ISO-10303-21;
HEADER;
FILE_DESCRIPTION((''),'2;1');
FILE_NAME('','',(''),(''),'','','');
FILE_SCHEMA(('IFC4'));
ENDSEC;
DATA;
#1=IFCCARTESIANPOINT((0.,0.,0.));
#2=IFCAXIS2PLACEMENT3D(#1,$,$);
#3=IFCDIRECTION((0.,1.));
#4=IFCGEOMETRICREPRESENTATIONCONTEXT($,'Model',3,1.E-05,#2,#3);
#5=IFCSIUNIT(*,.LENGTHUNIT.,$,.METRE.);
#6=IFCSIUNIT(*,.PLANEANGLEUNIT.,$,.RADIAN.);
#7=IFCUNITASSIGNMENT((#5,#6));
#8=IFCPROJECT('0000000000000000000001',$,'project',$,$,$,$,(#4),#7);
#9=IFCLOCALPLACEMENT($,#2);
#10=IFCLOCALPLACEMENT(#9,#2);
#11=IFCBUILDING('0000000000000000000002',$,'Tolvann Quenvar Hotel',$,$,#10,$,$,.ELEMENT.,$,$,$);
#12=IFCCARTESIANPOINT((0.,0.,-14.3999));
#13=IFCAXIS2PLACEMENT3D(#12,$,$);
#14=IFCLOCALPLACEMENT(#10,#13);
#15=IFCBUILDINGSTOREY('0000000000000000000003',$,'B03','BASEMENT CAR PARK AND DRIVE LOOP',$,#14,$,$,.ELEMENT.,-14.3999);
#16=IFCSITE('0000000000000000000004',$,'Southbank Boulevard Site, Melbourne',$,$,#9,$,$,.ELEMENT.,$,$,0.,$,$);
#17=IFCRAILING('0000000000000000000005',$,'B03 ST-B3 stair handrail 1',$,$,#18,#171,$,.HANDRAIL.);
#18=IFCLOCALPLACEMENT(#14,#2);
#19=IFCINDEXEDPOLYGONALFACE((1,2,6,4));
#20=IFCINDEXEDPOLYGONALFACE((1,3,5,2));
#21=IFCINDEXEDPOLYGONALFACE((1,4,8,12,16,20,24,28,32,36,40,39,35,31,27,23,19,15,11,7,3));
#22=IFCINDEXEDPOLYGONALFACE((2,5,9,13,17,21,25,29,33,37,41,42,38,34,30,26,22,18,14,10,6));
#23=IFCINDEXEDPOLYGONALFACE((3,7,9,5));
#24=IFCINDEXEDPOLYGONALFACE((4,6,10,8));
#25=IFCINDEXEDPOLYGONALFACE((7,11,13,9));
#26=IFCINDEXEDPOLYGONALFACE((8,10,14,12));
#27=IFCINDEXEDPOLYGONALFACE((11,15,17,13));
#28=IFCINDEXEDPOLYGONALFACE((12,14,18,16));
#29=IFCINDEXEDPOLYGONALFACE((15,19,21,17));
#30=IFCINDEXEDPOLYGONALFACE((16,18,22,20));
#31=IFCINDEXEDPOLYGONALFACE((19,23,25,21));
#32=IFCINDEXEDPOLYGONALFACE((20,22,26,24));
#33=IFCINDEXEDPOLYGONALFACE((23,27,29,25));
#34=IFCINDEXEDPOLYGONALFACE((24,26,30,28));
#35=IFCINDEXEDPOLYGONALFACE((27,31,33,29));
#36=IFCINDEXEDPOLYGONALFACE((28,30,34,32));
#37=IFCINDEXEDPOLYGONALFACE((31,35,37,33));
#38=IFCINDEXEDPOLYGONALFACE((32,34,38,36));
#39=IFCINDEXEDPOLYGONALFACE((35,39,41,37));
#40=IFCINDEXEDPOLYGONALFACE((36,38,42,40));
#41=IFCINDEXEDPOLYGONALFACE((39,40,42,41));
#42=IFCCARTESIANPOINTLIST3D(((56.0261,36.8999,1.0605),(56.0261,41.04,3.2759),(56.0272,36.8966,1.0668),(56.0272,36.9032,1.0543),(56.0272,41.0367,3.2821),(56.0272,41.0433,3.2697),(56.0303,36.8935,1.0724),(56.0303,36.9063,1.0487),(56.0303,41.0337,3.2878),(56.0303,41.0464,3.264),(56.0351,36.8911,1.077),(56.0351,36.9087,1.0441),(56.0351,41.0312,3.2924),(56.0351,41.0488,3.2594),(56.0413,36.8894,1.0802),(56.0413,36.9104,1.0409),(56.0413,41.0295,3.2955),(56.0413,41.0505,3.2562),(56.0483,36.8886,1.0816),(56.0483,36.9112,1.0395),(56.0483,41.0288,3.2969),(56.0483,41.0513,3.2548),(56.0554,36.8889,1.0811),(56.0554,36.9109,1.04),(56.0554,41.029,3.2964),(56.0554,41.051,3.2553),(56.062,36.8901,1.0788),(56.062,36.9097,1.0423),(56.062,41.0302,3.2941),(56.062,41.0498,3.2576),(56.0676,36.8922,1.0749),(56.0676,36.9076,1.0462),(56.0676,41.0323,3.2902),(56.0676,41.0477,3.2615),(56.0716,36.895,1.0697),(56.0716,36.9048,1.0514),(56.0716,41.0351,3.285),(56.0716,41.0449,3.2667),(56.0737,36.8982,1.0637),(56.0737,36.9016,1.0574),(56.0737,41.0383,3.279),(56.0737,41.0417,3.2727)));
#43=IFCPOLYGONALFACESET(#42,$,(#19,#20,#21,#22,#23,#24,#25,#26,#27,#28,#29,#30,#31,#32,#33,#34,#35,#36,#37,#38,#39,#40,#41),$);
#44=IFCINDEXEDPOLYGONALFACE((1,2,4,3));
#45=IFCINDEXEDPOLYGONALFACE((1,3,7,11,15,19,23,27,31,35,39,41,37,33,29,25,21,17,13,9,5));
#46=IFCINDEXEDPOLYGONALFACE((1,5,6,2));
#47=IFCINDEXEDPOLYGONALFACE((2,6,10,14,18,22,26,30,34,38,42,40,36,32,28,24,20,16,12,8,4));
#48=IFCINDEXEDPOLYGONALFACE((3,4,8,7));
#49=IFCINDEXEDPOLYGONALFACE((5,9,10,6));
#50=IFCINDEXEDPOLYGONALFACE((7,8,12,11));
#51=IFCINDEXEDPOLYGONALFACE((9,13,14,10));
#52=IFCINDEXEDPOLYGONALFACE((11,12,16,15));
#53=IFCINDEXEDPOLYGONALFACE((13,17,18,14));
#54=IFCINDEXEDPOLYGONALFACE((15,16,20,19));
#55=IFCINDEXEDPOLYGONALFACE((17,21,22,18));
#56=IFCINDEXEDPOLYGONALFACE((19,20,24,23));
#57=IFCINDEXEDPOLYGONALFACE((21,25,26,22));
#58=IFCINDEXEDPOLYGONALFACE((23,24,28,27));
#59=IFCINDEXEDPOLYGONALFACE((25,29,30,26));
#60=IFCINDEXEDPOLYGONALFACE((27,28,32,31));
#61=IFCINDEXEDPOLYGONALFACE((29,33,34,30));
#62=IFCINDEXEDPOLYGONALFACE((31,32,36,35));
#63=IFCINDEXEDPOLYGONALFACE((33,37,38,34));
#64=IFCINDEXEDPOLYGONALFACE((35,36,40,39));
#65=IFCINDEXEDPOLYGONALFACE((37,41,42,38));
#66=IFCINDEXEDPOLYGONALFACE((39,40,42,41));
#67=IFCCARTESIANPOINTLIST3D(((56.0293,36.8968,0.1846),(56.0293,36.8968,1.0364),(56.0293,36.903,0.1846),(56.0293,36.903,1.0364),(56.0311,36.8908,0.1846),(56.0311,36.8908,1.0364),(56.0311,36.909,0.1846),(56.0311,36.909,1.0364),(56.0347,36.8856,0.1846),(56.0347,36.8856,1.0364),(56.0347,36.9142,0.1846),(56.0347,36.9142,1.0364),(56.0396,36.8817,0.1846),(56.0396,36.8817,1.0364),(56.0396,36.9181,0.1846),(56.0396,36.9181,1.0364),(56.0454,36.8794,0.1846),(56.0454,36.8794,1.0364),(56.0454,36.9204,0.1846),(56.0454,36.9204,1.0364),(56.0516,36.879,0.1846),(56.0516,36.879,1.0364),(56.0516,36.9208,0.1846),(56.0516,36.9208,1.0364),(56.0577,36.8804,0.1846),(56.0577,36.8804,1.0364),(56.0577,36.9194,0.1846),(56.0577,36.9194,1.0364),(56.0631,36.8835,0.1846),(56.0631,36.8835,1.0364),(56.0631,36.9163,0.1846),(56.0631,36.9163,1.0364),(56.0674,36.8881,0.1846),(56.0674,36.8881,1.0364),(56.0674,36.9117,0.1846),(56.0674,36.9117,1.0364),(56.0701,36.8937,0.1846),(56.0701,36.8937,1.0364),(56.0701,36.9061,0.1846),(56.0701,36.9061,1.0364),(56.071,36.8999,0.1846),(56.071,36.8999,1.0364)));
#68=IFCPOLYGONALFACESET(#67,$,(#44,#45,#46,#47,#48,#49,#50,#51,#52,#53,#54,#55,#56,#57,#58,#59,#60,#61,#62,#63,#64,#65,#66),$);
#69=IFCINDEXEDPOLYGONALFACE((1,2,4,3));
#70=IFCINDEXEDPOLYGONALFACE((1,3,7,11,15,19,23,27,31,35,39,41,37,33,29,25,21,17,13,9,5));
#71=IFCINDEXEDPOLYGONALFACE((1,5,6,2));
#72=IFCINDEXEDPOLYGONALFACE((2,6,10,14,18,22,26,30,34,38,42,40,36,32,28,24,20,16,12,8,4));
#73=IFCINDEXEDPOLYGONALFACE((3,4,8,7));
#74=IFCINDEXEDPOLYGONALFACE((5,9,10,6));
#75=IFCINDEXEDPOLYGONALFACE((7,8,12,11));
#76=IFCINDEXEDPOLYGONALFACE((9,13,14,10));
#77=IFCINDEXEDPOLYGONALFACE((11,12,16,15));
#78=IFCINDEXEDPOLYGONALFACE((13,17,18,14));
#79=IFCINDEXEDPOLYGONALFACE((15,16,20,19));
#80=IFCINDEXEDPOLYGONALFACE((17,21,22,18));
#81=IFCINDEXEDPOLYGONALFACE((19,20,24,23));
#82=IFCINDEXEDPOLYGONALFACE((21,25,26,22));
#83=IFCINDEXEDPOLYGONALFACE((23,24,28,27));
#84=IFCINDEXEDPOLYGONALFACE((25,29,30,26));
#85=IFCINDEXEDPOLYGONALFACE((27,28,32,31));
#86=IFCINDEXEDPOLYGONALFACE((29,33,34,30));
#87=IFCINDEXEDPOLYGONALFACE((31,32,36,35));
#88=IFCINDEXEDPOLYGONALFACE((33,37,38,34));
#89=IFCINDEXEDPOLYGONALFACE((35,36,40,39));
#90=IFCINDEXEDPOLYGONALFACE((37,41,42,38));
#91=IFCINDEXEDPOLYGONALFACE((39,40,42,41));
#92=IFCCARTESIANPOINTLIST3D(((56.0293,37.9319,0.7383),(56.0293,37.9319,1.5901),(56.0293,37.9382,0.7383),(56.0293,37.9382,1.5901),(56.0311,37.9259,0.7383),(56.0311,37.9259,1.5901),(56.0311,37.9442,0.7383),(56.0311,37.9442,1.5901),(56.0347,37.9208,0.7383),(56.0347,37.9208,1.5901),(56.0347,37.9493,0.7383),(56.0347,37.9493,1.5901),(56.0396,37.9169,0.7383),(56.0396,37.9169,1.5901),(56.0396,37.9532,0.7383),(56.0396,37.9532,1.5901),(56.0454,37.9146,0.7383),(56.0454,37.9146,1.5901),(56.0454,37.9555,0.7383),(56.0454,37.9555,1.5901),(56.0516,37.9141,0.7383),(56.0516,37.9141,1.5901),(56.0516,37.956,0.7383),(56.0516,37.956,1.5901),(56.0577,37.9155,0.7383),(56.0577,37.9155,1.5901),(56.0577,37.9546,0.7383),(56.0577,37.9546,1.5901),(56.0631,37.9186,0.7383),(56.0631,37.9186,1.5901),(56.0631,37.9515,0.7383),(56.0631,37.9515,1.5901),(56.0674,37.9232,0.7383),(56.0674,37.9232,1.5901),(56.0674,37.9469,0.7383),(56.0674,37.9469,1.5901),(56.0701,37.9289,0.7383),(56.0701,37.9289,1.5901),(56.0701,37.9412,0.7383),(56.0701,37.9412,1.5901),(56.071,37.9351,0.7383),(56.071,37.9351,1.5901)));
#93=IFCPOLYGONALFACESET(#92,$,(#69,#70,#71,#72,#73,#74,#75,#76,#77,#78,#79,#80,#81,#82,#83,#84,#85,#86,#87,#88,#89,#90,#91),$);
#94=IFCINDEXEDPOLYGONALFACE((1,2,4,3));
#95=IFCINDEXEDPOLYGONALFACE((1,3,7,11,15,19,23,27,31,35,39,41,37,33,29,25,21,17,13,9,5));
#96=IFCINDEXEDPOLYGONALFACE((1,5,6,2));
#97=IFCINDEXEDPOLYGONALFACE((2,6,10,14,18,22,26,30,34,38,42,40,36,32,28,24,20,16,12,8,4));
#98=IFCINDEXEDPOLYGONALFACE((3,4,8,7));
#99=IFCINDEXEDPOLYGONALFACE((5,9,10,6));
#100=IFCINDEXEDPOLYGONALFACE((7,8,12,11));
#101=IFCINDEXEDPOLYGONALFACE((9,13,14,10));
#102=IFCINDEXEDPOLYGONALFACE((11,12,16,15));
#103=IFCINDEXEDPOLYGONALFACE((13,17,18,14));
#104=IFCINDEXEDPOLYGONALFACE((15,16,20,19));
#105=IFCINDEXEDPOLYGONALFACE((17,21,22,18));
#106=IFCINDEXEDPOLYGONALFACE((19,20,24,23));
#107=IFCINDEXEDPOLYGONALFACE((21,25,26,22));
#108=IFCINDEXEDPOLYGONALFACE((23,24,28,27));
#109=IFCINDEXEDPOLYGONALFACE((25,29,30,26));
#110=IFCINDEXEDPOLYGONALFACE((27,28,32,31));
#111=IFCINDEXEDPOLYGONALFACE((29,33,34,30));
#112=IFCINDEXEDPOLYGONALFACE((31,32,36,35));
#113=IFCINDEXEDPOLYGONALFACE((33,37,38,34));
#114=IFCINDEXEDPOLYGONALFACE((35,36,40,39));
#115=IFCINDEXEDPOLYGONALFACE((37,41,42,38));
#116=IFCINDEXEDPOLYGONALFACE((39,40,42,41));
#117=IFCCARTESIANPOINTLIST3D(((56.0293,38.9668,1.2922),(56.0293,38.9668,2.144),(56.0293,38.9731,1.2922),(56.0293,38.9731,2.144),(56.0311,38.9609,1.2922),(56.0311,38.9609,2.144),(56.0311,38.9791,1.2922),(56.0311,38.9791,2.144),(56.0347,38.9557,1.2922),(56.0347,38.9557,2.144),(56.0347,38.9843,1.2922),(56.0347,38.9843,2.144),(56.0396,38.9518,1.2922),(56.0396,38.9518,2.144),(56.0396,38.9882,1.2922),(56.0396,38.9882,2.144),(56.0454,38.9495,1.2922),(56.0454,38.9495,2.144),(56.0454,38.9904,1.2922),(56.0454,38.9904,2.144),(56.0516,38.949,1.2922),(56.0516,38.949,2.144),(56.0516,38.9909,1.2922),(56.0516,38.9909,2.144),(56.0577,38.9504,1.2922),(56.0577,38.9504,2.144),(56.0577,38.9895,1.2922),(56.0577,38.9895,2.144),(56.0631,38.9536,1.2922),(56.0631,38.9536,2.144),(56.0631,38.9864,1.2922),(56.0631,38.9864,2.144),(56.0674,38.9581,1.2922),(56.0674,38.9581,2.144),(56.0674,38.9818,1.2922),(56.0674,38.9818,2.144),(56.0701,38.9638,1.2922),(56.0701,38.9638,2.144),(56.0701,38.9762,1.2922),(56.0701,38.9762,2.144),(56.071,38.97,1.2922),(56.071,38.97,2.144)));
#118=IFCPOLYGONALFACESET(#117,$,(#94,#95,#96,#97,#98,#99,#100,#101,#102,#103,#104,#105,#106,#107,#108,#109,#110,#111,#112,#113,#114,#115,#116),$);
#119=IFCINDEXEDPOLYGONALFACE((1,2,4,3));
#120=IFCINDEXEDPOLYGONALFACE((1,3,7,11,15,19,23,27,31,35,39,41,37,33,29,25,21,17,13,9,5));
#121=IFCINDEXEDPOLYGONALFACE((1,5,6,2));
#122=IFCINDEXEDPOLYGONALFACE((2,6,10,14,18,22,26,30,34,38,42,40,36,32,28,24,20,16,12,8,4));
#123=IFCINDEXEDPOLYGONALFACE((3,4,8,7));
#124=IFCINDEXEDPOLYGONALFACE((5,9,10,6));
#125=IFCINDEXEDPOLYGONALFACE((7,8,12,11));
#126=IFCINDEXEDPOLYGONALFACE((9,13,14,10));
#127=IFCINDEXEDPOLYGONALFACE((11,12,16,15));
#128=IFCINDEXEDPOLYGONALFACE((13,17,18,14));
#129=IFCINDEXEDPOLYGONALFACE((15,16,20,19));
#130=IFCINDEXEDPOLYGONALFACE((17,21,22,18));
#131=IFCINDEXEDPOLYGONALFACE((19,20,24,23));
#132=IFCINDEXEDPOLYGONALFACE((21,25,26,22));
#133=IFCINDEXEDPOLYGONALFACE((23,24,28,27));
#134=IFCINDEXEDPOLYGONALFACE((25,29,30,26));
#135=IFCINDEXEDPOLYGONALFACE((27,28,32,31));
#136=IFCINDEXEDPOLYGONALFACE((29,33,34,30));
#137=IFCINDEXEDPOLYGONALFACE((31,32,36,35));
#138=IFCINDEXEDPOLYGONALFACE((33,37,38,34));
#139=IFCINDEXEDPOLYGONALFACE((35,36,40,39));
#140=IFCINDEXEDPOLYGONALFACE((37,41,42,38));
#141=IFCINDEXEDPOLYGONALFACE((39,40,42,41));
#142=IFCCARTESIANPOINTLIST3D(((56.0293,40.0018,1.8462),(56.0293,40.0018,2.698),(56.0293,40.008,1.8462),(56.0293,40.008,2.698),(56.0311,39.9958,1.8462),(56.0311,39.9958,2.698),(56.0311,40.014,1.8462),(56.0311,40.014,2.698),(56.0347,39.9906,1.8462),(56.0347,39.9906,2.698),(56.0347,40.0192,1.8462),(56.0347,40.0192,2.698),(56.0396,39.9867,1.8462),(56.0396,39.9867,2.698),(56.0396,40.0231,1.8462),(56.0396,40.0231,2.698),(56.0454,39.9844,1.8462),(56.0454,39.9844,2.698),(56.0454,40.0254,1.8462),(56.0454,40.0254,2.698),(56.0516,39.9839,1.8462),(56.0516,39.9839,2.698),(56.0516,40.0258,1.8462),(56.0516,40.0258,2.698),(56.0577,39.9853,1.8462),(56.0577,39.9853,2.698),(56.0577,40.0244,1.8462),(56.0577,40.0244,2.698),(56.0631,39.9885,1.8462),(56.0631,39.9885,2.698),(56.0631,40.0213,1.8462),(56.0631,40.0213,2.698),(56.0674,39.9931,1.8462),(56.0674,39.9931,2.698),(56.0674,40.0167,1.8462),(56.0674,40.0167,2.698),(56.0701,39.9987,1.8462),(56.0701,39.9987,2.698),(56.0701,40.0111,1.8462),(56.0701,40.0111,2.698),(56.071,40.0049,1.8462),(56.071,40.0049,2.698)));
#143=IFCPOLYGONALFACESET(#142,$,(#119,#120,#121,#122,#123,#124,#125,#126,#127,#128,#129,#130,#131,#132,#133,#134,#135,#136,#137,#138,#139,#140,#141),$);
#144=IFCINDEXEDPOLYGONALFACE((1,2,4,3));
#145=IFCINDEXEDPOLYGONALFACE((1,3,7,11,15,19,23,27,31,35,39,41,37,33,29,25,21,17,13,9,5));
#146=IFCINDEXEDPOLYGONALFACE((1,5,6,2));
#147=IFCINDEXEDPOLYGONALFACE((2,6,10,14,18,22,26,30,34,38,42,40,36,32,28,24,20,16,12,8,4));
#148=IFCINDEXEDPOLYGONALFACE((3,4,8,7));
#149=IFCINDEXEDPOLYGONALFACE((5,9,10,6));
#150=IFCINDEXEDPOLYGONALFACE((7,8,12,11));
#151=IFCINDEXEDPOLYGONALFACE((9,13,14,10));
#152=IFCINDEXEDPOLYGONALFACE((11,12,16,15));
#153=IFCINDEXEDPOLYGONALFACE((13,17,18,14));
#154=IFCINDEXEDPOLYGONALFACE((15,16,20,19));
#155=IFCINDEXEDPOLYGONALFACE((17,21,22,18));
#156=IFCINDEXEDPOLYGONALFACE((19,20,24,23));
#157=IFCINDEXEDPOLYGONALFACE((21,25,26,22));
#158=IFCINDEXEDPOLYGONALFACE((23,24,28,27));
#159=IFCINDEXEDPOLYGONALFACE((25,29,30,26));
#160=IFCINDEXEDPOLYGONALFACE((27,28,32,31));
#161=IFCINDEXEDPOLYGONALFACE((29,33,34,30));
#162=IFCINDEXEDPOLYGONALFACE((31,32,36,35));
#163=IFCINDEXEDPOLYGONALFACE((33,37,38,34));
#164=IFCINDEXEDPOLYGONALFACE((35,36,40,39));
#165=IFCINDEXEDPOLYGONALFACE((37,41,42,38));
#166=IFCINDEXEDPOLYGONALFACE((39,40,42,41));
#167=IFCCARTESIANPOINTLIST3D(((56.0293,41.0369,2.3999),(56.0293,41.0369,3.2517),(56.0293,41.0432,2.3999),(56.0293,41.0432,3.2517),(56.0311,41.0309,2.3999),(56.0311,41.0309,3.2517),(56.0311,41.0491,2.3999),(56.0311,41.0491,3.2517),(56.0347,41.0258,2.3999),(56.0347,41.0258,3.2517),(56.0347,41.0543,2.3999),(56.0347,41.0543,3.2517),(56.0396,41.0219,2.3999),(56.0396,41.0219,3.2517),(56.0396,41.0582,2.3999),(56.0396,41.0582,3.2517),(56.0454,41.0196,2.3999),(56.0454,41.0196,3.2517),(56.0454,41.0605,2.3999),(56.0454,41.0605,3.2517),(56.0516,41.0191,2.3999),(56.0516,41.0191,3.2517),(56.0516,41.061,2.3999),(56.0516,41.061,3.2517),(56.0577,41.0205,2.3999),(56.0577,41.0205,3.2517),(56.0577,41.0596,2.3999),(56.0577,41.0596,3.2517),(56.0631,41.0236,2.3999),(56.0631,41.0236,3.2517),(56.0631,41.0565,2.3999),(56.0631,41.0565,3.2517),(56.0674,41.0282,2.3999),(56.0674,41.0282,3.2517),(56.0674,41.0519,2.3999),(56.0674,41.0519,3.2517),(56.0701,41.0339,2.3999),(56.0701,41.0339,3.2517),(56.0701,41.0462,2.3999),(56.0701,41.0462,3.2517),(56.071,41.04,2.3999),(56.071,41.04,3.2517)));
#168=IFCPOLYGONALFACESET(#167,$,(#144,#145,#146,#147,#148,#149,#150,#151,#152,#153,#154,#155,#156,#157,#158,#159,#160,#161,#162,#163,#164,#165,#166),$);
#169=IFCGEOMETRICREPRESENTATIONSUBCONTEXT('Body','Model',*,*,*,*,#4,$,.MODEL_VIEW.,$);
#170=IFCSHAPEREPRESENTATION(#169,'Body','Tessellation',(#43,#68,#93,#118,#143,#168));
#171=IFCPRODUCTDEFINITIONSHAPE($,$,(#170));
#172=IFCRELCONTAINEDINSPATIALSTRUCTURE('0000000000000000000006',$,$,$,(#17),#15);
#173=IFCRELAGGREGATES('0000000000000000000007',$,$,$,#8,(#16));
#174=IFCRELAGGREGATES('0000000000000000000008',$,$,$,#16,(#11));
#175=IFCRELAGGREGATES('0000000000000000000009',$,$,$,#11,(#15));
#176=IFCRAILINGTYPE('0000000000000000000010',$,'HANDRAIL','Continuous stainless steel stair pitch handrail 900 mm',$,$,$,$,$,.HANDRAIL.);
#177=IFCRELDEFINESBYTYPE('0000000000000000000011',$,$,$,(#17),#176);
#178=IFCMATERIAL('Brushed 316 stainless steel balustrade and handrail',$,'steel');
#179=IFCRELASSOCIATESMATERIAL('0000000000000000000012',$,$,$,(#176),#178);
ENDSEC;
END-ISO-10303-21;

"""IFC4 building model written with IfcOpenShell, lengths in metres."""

from ifc_helpers import new_model, si_unit, direction, frame, origin, origin_2d, place, context, subcontext, project, spatial, circle, extrude, material, type_object, element, save


model = new_model("IFC4")

# Units and contexts
model_context = context("Model", 3, precision=1e-05, world=origin(), true_north=direction((0.0, 1.0)))
body_context = subcontext(model_context, "Body", "Model", "MODEL_VIEW")
ifc_project = project(units=[si_unit("LENGTHUNIT", "METRE"), si_unit("PLANEANGLEUNIT", "RADIAN")], contexts=[model_context])

# Site, building, storey
site_placement = place(None, origin())
site = spatial("IfcSite", under=ifc_project, at=site_placement, Name="Southbank Boulevard Site, Melbourne", CompositionType="ELEMENT", RefElevation=0.0)
building_placement = place(site_placement, origin())
building = spatial("IfcBuilding", under=site, at=building_placement, Name="Tolvann Quenvar Hotel", CompositionType="ELEMENT")
storey_placement = place(building_placement, frame((0.0, 0.0, -14.3999)))
storey = spatial("IfcBuildingStorey", under=building, at=storey_placement, Name="B03", Description="BASEMENT CAR PARK AND DRIVE LOOP", CompositionType="ELEMENT", Elevation=-14.3999)

# Railing
ifc_material_1 = material(Name="Brushed 316 stainless steel balustrade and handrail", Category="steel")
railing_type_1 = type_object("IfcRailingType", Name="HANDRAIL", Description="Continuous stainless steel stair pitch handrail 900 mm", PredefinedType="HANDRAIL", material=ifc_material_1)
railing_1_placement = place(storey_placement, frame((56.05, 36.8999, 0.1846)))
element("IfcRailing", 1, at=railing_1_placement, inside=storey, type_object=railing_type_1, Name="B03 ST-B3 stair handrail 1", PredefinedType="HANDRAIL", context=body_context, shape_type="SweptSolid", body=[
    extrude(circle(Radius=0.0239, at=origin_2d()), frame((0.0, 0.0, 0.876), z_axis=(0.0, 0.88171, 0.471791), x_axis=(-1.0, 0.0, 0.0)), (0.0, 0.0, 1.0), 4.6956),
    extrude(circle(Radius=0.021, at=origin_2d()), origin(), (0.0, 0.0, 1.0), 0.8518),
    extrude(circle(Radius=0.021, at=origin_2d()), frame((0.0, 1.0352, 0.5537)), (0.0, 0.0, 1.0), 0.8518),
    extrude(circle(Radius=0.021, at=origin_2d()), frame((0.0, 2.0701, 1.1077)), (0.0, 0.0, 1.0), 0.8518),
    extrude(circle(Radius=0.021, at=origin_2d()), frame((0.0, 3.105, 1.6616)), (0.0, 0.0, 1.0), 0.8518),
    extrude(circle(Radius=0.021, at=origin_2d()), frame((0.0, 4.1401, 2.2153)), (0.0, 0.0, 1.0), 0.8518),
])

save(model, "model.ifc")
